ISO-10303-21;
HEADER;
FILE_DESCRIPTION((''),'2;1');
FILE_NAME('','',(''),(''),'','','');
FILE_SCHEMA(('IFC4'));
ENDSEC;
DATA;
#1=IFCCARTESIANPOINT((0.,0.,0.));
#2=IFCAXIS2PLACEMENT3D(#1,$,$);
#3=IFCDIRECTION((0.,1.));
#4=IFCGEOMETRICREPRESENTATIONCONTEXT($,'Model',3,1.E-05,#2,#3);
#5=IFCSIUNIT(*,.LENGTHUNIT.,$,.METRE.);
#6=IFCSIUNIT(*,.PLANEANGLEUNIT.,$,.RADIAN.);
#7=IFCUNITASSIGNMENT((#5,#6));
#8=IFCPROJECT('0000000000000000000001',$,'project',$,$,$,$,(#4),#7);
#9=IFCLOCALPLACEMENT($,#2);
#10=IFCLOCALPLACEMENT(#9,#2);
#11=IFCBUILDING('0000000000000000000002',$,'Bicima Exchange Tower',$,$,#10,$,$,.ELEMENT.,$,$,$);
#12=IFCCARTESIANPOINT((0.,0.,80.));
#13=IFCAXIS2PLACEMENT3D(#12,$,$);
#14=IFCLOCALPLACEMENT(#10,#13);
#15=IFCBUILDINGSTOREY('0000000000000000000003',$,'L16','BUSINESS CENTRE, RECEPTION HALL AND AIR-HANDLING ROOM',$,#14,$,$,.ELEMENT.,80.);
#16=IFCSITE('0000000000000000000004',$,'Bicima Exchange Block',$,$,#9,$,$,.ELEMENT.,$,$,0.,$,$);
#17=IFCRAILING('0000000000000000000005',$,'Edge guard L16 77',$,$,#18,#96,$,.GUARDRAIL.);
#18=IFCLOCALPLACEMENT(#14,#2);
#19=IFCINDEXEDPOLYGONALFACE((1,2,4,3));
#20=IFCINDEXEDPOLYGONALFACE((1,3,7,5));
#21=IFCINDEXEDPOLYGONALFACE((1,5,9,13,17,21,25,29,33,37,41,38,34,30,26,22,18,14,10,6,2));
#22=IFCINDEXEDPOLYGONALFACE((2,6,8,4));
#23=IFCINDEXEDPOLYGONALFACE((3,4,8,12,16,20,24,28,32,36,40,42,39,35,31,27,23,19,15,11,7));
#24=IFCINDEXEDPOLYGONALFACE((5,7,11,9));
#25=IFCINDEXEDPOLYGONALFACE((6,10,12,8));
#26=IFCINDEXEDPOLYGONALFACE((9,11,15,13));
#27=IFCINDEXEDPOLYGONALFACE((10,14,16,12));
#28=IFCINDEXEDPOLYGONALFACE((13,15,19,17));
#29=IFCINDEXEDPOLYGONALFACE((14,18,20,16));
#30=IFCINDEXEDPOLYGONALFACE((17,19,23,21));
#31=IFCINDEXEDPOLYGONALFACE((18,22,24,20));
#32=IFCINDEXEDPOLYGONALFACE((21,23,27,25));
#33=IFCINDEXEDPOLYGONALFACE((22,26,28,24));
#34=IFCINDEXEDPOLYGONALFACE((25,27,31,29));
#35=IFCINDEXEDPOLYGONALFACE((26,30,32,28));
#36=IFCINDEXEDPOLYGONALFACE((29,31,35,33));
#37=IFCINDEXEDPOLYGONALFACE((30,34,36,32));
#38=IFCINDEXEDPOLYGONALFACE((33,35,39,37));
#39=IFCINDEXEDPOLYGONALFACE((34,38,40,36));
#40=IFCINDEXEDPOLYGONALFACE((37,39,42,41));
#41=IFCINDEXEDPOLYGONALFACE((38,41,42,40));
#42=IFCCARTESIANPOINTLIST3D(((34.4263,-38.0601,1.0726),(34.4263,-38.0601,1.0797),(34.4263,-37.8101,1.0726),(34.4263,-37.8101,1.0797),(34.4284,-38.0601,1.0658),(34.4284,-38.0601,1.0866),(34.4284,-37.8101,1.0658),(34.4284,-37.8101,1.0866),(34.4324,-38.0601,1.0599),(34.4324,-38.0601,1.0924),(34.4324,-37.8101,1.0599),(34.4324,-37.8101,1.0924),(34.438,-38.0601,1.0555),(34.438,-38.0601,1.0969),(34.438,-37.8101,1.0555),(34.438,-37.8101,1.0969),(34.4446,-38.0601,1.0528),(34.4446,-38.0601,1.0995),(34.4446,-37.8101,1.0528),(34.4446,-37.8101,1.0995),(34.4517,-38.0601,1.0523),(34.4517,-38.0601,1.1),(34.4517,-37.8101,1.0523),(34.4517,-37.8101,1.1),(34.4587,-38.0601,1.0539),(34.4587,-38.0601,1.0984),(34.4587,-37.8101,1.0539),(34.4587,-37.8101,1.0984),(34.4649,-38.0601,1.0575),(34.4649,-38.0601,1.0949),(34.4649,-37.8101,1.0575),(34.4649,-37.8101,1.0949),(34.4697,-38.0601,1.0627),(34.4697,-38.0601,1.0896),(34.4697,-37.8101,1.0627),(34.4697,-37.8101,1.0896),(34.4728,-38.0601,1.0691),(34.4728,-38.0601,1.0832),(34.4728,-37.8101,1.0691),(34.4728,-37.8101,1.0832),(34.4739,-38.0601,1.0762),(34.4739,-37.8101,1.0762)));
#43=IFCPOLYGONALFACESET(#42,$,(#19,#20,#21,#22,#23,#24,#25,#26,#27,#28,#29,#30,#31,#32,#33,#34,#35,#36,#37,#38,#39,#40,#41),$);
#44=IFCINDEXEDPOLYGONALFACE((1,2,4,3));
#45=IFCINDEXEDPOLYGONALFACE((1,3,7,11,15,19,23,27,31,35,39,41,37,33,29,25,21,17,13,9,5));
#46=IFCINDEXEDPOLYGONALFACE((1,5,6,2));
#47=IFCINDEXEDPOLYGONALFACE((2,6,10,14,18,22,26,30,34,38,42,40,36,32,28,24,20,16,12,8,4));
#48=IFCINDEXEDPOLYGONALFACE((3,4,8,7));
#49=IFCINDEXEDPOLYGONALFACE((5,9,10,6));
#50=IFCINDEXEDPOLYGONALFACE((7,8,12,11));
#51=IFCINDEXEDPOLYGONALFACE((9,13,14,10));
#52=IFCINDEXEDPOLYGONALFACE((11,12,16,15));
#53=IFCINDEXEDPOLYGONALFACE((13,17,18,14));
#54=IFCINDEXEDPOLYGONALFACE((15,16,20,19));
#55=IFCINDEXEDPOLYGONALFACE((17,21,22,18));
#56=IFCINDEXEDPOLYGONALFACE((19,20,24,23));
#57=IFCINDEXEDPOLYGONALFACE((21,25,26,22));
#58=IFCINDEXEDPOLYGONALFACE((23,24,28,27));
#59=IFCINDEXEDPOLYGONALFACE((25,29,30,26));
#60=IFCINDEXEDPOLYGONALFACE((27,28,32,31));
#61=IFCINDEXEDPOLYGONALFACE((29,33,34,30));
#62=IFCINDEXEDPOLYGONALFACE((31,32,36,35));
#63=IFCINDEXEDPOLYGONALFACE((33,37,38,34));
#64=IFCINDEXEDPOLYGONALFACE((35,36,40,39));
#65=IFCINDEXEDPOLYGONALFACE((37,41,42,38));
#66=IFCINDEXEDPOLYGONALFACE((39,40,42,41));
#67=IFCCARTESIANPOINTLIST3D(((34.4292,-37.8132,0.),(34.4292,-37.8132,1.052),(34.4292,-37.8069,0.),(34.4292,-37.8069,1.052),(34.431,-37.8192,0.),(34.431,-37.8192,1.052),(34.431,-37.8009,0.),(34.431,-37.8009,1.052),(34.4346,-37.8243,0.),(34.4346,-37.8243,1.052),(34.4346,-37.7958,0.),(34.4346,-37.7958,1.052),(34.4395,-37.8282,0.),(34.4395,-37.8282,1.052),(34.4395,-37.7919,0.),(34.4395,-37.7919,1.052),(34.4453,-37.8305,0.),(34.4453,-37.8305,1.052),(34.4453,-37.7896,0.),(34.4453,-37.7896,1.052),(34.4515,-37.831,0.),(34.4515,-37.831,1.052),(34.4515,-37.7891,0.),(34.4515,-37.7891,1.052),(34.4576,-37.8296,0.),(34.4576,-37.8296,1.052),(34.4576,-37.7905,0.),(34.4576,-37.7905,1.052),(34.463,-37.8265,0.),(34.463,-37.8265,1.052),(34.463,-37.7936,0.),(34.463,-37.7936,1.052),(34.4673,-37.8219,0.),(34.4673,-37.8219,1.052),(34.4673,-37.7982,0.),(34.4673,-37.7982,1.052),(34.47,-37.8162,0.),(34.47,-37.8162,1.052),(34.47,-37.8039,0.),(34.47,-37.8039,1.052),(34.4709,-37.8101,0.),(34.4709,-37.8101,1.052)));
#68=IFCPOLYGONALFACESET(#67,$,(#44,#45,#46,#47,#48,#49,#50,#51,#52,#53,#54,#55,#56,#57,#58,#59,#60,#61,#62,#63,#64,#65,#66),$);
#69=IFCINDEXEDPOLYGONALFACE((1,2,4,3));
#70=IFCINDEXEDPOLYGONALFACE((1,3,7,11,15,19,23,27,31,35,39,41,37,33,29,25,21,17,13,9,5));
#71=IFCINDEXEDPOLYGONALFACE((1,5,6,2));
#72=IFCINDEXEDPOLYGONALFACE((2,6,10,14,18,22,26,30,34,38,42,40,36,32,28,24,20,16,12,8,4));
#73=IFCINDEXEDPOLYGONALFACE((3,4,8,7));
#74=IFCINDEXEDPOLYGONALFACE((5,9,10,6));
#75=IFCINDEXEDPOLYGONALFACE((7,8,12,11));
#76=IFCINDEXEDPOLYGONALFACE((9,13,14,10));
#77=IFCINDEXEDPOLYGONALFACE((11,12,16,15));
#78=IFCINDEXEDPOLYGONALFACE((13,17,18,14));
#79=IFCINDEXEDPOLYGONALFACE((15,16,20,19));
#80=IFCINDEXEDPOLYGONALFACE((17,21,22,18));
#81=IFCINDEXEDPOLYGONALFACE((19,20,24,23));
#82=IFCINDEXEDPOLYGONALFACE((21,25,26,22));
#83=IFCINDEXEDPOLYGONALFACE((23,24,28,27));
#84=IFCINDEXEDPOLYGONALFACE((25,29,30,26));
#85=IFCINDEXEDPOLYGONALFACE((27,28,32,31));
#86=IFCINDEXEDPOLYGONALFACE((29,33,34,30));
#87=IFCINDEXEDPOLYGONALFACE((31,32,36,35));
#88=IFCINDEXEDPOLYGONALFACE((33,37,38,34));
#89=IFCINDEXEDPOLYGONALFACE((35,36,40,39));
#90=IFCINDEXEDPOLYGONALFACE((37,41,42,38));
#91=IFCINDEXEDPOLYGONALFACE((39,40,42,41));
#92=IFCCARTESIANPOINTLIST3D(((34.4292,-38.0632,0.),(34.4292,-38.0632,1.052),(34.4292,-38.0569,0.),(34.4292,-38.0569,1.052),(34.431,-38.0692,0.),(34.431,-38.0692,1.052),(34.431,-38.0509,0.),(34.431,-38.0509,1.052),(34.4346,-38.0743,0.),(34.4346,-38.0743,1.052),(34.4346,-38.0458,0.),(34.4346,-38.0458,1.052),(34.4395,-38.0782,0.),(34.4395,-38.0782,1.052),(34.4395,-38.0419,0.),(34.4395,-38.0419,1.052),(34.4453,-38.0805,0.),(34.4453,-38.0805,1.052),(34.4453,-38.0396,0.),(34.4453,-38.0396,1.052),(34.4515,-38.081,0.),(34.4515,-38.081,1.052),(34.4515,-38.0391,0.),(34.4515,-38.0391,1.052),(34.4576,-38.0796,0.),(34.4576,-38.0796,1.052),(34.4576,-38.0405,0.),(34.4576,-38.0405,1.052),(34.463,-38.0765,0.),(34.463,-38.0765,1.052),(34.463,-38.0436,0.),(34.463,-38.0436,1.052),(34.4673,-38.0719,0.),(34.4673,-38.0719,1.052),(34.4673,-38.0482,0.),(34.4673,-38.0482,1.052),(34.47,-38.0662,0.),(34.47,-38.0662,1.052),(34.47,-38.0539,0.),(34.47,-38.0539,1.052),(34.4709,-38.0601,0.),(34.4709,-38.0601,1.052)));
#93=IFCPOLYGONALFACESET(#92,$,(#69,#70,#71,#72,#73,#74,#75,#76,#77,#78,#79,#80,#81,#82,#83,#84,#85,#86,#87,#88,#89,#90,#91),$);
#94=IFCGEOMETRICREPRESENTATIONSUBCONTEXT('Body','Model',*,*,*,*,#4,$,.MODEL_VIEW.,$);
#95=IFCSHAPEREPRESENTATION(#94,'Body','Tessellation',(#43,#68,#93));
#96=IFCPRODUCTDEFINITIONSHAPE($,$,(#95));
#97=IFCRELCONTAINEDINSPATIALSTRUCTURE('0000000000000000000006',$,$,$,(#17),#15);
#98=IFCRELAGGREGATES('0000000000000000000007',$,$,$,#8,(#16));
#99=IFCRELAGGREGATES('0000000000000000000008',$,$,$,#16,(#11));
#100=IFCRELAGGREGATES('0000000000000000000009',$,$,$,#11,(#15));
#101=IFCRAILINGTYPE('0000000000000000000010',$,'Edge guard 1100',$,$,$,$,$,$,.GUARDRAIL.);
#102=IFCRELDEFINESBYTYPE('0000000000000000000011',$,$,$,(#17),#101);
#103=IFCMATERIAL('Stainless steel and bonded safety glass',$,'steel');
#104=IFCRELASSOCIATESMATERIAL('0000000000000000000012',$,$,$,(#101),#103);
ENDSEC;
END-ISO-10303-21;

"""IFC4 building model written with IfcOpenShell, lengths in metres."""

from ifc_helpers import new_model, si_unit, direction, frame, origin, origin_2d, place, context, subcontext, project, spatial, circle, extrude, material, type_object, element, save


model = new_model("IFC4")

# Units and contexts
model_context = context("Model", 3, precision=1e-05, world=origin(), true_north=direction((0.0, 1.0)))
body_context = subcontext(model_context, "Body", "Model", "MODEL_VIEW")
ifc_project = project(units=[si_unit("LENGTHUNIT", "METRE"), si_unit("PLANEANGLEUNIT", "RADIAN")], contexts=[model_context])

# Site, building, storey
site_placement = place(None, origin())
site = spatial("IfcSite", under=ifc_project, at=site_placement, Name="Bicima Exchange Block", CompositionType="ELEMENT", RefElevation=0.0)
building_placement = place(site_placement, origin())
building = spatial("IfcBuilding", under=site, at=building_placement, Name="Bicima Exchange Tower", CompositionType="ELEMENT")
storey_placement = place(building_placement, frame((0.0, 0.0, 80.0)))
storey = spatial("IfcBuildingStorey", under=building, at=storey_placement, Name="L16", Description="BUSINESS CENTRE, RECEPTION HALL AND AIR-HANDLING ROOM", CompositionType="ELEMENT", Elevation=80.0)

# Railing
ifc_material_1 = material(Name="Stainless steel and bonded safety glass", Category="steel")
railing_type = type_object("IfcRailingType", Name="Edge guard 1100", PredefinedType="GUARDRAIL", material=ifc_material_1)
railing_1_placement = place(storey_placement, frame((34.45, -37.8101, 0.0)))
element("IfcRailing", 1, at=railing_1_placement, inside=storey, type_object=railing_type, Name="Edge guard L16 77", PredefinedType="GUARDRAIL", context=body_context, shape_type="SweptSolid", body=[
    extrude(circle(Radius=0.0239, at=origin_2d()), frame((0.0, 0.0, 1.0762), z_axis=(0.0, -1.0, 0.0), x_axis=(1.0, 0.0, 0.0)), (0.0, 0.0, 1.0), 0.25),
    extrude(circle(Radius=0.021, at=origin_2d()), origin(), (0.0, 0.0, 1.0), 1.052),
    extrude(circle(Radius=0.021, at=origin_2d()), frame((0.0, -0.25, 0.0)), (0.0, 0.0, 1.0), 1.052),
])

save(model, "model.ifc")
